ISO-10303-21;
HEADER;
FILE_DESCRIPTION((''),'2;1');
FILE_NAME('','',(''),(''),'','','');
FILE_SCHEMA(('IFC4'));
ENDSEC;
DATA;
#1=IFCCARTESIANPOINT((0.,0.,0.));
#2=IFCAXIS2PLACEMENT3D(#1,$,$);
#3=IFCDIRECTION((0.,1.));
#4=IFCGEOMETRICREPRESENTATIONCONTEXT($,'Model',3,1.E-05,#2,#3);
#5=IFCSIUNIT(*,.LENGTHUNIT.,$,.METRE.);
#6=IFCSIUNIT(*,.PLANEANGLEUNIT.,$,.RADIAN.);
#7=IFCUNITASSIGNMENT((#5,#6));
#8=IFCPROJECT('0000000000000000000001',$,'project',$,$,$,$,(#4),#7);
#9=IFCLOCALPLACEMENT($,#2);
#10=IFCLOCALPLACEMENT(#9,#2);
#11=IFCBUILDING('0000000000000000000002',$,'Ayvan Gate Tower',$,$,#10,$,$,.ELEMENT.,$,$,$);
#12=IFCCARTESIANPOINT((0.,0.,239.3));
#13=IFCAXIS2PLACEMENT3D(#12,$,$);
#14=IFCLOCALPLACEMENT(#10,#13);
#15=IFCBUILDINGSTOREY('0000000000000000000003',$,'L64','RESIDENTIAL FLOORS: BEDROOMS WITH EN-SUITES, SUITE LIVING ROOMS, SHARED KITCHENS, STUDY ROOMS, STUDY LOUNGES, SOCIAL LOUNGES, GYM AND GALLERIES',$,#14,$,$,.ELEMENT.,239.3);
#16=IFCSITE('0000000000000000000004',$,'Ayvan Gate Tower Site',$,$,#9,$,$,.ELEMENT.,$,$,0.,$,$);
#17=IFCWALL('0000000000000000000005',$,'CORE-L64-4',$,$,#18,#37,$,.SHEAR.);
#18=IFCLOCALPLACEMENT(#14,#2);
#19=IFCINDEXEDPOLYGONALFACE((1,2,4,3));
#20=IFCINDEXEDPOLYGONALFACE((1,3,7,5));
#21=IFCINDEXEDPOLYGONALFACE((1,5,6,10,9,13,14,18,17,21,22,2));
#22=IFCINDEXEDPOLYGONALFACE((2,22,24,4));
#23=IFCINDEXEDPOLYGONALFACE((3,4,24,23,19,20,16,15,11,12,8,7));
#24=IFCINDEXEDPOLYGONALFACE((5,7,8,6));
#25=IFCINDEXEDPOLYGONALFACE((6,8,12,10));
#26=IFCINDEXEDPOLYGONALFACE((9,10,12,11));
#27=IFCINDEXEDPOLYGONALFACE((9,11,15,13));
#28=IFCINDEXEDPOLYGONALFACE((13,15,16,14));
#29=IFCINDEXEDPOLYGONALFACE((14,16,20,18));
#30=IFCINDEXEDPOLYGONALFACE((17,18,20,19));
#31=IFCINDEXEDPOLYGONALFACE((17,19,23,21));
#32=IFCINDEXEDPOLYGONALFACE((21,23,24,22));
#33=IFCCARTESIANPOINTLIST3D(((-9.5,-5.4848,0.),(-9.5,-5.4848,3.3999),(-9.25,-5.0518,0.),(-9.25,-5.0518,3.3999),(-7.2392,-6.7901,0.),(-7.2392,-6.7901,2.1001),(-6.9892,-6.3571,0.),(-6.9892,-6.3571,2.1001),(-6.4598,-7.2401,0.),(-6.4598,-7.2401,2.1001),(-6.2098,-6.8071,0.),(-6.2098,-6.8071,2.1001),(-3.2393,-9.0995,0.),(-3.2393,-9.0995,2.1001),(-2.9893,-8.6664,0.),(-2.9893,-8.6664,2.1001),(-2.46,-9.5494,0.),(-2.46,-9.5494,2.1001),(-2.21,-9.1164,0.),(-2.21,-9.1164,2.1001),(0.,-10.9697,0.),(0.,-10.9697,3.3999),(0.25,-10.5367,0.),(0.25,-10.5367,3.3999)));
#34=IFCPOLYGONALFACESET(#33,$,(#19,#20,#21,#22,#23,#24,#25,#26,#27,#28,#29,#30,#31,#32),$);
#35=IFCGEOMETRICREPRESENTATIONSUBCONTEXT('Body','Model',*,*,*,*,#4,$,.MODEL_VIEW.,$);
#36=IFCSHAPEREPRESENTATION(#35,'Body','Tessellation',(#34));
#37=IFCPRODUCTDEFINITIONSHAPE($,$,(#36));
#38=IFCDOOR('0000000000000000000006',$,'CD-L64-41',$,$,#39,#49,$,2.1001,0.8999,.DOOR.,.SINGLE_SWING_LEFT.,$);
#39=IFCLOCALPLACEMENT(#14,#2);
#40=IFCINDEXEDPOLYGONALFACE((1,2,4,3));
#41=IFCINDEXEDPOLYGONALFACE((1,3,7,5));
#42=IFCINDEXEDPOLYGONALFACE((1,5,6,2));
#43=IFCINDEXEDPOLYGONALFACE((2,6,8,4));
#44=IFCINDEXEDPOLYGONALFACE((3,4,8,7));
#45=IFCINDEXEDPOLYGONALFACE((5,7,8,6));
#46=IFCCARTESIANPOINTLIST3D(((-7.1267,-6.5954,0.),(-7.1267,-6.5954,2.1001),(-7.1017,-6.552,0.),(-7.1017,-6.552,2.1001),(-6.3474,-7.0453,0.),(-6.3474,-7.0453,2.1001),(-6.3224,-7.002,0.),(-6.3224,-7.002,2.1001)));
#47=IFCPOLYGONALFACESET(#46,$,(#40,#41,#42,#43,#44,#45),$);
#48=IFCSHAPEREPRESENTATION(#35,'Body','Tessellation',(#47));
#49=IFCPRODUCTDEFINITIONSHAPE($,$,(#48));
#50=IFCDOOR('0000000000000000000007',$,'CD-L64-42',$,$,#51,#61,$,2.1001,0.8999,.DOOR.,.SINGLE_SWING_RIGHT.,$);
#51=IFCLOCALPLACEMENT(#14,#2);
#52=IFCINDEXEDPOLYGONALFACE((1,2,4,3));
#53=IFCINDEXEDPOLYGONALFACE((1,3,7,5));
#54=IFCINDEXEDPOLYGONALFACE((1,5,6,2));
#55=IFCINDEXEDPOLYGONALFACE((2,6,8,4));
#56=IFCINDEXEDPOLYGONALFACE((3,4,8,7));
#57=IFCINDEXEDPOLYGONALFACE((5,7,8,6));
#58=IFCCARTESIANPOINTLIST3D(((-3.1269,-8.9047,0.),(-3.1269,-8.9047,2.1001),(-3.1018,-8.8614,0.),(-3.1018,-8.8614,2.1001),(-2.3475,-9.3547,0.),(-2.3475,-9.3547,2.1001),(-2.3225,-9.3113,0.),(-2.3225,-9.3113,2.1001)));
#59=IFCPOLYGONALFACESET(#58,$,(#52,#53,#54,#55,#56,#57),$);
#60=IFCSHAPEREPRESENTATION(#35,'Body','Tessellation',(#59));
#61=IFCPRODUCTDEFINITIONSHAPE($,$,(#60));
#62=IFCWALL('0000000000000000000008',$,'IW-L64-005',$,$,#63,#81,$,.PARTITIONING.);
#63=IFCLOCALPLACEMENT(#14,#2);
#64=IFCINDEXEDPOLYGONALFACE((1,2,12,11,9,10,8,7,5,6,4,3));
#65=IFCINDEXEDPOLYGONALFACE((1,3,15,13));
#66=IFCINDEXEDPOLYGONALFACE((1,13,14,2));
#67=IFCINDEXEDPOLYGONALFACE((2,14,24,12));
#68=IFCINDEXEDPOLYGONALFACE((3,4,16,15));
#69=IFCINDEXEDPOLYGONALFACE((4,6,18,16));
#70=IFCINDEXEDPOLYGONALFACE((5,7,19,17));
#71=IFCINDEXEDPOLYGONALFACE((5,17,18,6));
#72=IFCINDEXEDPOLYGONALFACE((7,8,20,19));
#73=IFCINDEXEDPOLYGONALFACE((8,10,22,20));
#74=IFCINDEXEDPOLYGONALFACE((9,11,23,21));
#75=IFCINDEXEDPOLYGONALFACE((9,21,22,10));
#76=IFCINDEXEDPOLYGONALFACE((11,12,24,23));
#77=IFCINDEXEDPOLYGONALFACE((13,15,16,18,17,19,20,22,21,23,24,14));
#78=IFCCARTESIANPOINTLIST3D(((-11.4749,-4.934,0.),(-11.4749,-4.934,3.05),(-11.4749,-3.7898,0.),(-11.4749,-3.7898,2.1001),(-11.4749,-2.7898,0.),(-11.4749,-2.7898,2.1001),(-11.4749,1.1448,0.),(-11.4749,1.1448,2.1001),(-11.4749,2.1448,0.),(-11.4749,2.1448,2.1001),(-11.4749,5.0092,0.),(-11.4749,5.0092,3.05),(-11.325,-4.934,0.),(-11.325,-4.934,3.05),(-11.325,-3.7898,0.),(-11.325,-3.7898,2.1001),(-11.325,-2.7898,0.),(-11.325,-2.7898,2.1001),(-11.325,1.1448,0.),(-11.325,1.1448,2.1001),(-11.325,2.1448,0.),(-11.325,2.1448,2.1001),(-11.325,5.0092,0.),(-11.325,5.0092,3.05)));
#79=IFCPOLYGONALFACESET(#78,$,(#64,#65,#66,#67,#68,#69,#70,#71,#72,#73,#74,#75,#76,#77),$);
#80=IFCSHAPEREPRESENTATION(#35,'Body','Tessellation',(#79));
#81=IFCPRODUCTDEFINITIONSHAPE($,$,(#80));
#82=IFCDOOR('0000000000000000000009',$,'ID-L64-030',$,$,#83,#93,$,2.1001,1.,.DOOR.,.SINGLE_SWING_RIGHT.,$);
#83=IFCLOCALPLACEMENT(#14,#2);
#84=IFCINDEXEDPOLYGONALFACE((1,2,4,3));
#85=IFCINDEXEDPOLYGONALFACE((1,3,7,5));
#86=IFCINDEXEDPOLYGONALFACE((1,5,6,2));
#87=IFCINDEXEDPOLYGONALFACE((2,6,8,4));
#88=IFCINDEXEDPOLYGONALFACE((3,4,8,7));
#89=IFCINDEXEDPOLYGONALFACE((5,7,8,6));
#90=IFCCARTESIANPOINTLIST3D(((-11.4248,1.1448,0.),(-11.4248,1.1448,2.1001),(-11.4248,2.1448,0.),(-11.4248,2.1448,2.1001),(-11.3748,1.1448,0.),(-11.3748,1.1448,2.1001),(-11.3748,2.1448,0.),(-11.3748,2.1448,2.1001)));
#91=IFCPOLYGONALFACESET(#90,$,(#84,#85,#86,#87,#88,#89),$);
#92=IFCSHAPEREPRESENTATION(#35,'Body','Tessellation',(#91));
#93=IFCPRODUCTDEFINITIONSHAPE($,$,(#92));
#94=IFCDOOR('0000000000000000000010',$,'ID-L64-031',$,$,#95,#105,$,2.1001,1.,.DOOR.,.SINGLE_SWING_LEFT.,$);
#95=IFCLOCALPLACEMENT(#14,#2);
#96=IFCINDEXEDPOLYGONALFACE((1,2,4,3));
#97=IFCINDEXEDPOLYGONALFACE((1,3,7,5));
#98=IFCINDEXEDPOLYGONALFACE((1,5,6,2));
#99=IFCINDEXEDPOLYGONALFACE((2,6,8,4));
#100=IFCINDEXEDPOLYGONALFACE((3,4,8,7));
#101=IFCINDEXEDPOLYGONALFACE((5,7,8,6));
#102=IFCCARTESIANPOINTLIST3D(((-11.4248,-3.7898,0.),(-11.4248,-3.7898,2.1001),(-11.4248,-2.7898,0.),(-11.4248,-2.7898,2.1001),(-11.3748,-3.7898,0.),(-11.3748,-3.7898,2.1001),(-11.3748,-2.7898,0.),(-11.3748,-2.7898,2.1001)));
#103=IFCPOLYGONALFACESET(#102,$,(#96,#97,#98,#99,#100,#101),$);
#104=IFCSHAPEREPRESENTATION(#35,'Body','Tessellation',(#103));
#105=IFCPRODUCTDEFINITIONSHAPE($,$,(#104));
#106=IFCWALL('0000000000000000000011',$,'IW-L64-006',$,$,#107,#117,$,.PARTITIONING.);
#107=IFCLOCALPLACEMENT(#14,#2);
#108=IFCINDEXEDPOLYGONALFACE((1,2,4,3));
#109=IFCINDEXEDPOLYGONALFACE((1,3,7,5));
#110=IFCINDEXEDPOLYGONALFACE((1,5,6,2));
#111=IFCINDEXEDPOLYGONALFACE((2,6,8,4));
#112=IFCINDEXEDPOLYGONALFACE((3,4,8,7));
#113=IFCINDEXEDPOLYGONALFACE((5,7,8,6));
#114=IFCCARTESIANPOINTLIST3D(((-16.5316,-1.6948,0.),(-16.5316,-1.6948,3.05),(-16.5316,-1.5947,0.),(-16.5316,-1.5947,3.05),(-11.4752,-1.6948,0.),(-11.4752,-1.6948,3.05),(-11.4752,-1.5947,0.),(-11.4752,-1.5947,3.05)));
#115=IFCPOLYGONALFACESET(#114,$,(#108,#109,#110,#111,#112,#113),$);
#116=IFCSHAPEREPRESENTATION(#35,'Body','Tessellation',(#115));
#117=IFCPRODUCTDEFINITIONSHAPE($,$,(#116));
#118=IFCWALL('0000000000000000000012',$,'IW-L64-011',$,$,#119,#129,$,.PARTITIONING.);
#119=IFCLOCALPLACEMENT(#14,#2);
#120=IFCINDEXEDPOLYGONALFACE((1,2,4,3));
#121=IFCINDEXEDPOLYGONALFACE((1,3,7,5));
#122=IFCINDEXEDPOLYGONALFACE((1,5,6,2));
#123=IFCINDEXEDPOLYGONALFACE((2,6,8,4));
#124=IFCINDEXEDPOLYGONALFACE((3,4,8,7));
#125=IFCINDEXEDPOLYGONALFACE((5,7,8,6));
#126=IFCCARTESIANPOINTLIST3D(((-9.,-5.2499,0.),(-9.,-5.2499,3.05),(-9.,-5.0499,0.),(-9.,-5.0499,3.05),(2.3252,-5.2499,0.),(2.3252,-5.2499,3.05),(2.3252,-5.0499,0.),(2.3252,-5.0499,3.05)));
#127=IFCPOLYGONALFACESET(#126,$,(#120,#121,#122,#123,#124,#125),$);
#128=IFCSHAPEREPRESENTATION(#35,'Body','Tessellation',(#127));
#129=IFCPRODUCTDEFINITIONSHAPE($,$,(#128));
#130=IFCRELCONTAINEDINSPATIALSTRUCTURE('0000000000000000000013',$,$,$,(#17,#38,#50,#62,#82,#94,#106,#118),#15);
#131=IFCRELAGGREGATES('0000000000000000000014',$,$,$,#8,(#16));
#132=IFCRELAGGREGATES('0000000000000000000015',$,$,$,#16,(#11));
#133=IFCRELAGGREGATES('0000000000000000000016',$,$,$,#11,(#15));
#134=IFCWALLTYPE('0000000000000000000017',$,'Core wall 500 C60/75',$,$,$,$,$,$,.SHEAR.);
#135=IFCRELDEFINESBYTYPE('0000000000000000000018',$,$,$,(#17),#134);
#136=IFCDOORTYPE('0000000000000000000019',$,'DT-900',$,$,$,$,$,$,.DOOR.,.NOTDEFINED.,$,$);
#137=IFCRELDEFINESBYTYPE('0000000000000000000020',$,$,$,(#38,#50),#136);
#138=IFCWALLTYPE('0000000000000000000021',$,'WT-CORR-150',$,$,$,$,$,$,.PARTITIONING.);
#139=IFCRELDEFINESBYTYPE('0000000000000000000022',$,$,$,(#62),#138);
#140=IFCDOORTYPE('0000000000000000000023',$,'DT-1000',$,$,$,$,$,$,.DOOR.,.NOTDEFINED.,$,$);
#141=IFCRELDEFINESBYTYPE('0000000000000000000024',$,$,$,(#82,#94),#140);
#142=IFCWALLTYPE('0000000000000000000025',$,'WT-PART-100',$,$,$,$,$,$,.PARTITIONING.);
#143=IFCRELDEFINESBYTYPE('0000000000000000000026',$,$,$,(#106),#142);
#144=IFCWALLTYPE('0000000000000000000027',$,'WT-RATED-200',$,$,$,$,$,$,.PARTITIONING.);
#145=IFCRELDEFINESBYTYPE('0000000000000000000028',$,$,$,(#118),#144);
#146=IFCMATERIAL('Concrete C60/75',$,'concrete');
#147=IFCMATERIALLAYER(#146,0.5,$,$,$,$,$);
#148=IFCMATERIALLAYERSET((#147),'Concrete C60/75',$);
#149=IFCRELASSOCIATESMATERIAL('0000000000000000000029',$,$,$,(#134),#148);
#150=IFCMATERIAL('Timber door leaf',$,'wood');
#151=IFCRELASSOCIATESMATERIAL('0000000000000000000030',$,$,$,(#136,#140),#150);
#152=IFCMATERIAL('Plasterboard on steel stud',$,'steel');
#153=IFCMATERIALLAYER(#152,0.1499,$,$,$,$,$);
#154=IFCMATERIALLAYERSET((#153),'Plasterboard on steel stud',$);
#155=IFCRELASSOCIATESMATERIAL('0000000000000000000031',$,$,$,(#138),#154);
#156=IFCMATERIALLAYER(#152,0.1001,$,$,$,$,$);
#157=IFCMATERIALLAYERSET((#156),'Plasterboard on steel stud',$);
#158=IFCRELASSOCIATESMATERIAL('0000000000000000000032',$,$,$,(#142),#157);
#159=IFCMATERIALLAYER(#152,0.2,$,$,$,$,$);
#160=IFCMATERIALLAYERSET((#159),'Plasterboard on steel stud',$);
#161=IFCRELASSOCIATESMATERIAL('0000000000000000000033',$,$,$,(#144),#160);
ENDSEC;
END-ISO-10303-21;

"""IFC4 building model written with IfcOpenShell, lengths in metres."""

from ifc_helpers import new_model, si_unit, direction, frame, frame_2d, origin, place, context, subcontext, project, spatial, rectangle, extrude, material, layer, layer_set, type_object, element, fill, save


model = new_model("IFC4")

# Units and contexts
model_context = context("Model", 3, precision=1e-05, world=origin(), true_north=direction((0.0, 1.0)))
body_context = subcontext(model_context, "Body", "Model", "MODEL_VIEW")
ifc_project = project(units=[si_unit("LENGTHUNIT", "METRE"), si_unit("PLANEANGLEUNIT", "RADIAN")], contexts=[model_context])

# Site, building, storey
site_placement = place(None, origin())
site = spatial("IfcSite", under=ifc_project, at=site_placement, Name="Ayvan Gate Tower Site", CompositionType="ELEMENT", RefElevation=0.0)
building_placement = place(site_placement, origin())
building = spatial("IfcBuilding", under=site, at=building_placement, Name="Ayvan Gate Tower", CompositionType="ELEMENT")
storey_placement = place(building_placement, frame((0.0, 0.0, 239.3)))
storey = spatial("IfcBuildingStorey", under=building, at=storey_placement, Name="L64", Description="RESIDENTIAL FLOORS: BEDROOMS WITH EN-SUITES, SUITE LIVING ROOMS, SHARED KITCHENS, STUDY ROOMS, STUDY LOUNGES, SOCIAL LOUNGES, GYM AND GALLERIES", CompositionType="ELEMENT", Elevation=239.3)

# Walls, openings, doors
ifc_material_1 = material(Name="Concrete C60/75", Category="concrete")
ifc_layer_1 = layer(ifc_material_1, 0.5)
ifc_layer_set_1 = layer_set([ifc_layer_1], Name="Concrete C60/75")
wall_type_1 = type_object("IfcWallType", Name="Core wall 500 C60/75", PredefinedType="SHEAR", material=ifc_layer_set_1)
wall_1_placement = place(storey_placement, frame((-9.375, -5.2683, 0.0), z_axis=(0.0, 0.0, 1.0), x_axis=(0.866024, -0.500002, 0.0)))
wall_1 = element("IfcWall", 1, at=wall_1_placement, inside=storey, type_object=wall_type_1, Name="CORE-L64-4", PredefinedType="SHEAR", context=body_context, shape_type="SweptSolid", body=[
    extrude(rectangle(XDim=10.9697, YDim=0.5, at=frame_2d((5.4849, 0.0))), origin(), (0.0, 0.0, 1.0), 3.3999),
])
opening_1_placement = place(wall_1_placement, frame((2.6106, 0.0, 0.0)))
opening_1 = element("IfcOpeningElement", 2, at=opening_1_placement, cuts=wall_1, PredefinedType="OPENING", context=body_context, shape_type="SweptSolid", body=[
    extrude(rectangle(XDim=0.8999, YDim=2.1001, at=frame_2d((0.45, 1.05))), frame((0.0, 0.26, 0.0), z_axis=(0.0, -1.0, 0.0), x_axis=(1.0, 0.0, 0.0)), (0.0, 0.0, 1.0), 0.52),
])
opening_2_placement = place(wall_1_placement, frame((7.2292, 0.0, 0.0)))
opening_2 = element("IfcOpeningElement", 3, at=opening_2_placement, cuts=wall_1, PredefinedType="OPENING", context=body_context, shape_type="SweptSolid", body=[
    extrude(rectangle(XDim=0.8999, YDim=2.1001, at=frame_2d((0.45, 1.05))), frame((0.0, 0.26, 0.0), z_axis=(0.0, -1.0, 0.0), x_axis=(1.0, 0.0, 0.0)), (0.0, 0.0, 1.0), 0.52),
])
ifc_material_2 = material(Name="Timber door leaf", Category="wood")
door_type_1 = type_object("IfcDoorType", Name="DT-900", OperationType="NOTDEFINED", PredefinedType="DOOR", material=ifc_material_2)
door_1_placement = place(opening_1_placement, origin())
door_1 = element("IfcDoor", 4, at=door_1_placement, inside=storey, type_object=door_type_1, Name="CD-L64-41", OperationType="SINGLE_SWING_LEFT", OverallHeight=2.1001, OverallWidth=0.8999, PredefinedType="DOOR", context=body_context, shape_type="SweptSolid", body=[
    extrude(rectangle(XDim=0.8999, YDim=2.1001, at=frame_2d((0.45, 1.05))), frame((0.0, 0.0249, 0.0), z_axis=(0.0, -1.0, 0.0), x_axis=(1.0, 0.0, 0.0)), (0.0, 0.0, 1.0), 0.05),
])
fill(opening_1, door_1)
door_2_placement = place(opening_2_placement, origin())
door_2 = element("IfcDoor", 5, at=door_2_placement, inside=storey, type_object=door_type_1, Name="CD-L64-42", OperationType="SINGLE_SWING_RIGHT", OverallHeight=2.1001, OverallWidth=0.8999, PredefinedType="DOOR", context=body_context, shape_type="SweptSolid", body=[
    extrude(rectangle(XDim=0.8999, YDim=2.1001, at=frame_2d((0.45, 1.05))), frame((0.0, 0.0249, 0.0), z_axis=(0.0, -1.0, 0.0), x_axis=(1.0, 0.0, 0.0)), (0.0, 0.0, 1.0), 0.05),
])
fill(opening_2, door_2)
ifc_material_3 = material(Name="Plasterboard on steel stud", Category="steel")
ifc_layer_2 = layer(ifc_material_3, 0.1499)
ifc_layer_set_2 = layer_set([ifc_layer_2], Name="Plasterboard on steel stud")
wall_type_2 = type_object("IfcWallType", Name="WT-CORR-150", PredefinedType="PARTITIONING", material=ifc_layer_set_2)
wall_2_placement = place(storey_placement, frame((-11.3999, -4.9341, 0.0), z_axis=(0.0, 0.0, 1.0), x_axis=(0.0, 1.0, 0.0)))
wall_2 = element("IfcWall", 6, at=wall_2_placement, inside=storey, type_object=wall_type_2, Name="IW-L64-005", PredefinedType="PARTITIONING", context=body_context, shape_type="SweptSolid", body=[
    extrude(rectangle(XDim=9.9431, YDim=0.1499, at=frame_2d((4.9717, 0.0))), origin(), (0.0, 0.0, 1.0), 3.05),
])
opening_3_placement = place(wall_2_placement, frame((6.0789, 0.0, 0.0)))
opening_3 = element("IfcOpeningElement", 7, at=opening_3_placement, cuts=wall_2, PredefinedType="OPENING", context=body_context, shape_type="SweptSolid", body=[
    extrude(rectangle(XDim=1.0, YDim=2.1001, at=frame_2d((0.5, 1.05))), frame((0.0, 0.085, 0.0), z_axis=(0.0, -1.0, 0.0), x_axis=(1.0, 0.0, 0.0)), (0.0, 0.0, 1.0), 0.1699),
])
opening_4_placement = place(wall_2_placement, frame((1.1443, 0.0, 0.0)))
opening_4 = element("IfcOpeningElement", 8, at=opening_4_placement, cuts=wall_2, PredefinedType="OPENING", context=body_context, shape_type="SweptSolid", body=[
    extrude(rectangle(XDim=1.0, YDim=2.1001, at=frame_2d((0.5, 1.05))), frame((0.0, 0.085, 0.0), z_axis=(0.0, -1.0, 0.0), x_axis=(1.0, 0.0, 0.0)), (0.0, 0.0, 1.0), 0.1699),
])
door_type_2 = type_object("IfcDoorType", Name="DT-1000", OperationType="NOTDEFINED", PredefinedType="DOOR", material=ifc_material_2)
door_3_placement = place(opening_3_placement, origin())
door_3 = element("IfcDoor", 9, at=door_3_placement, inside=storey, type_object=door_type_2, Name="ID-L64-030", OperationType="SINGLE_SWING_RIGHT", OverallHeight=2.1001, OverallWidth=1.0, PredefinedType="DOOR", context=body_context, shape_type="SweptSolid", body=[
    extrude(rectangle(XDim=1.0, YDim=2.1001, at=frame_2d((0.5, 1.05))), frame((0.0, 0.0249, 0.0), z_axis=(0.0, -1.0, 0.0), x_axis=(1.0, 0.0, 0.0)), (0.0, 0.0, 1.0), 0.05),
])
fill(opening_3, door_3)
door_4_placement = place(opening_4_placement, origin())
door_4 = element("IfcDoor", 10, at=door_4_placement, inside=storey, type_object=door_type_2, Name="ID-L64-031", OperationType="SINGLE_SWING_LEFT", OverallHeight=2.1001, OverallWidth=1.0, PredefinedType="DOOR", context=body_context, shape_type="SweptSolid", body=[
    extrude(rectangle(XDim=1.0, YDim=2.1001, at=frame_2d((0.5, 1.05))), frame((0.0, 0.0249, 0.0), z_axis=(0.0, -1.0, 0.0), x_axis=(1.0, 0.0, 0.0)), (0.0, 0.0, 1.0), 0.05),
])
fill(opening_4, door_4)

# Walls
ifc_layer_3 = layer(ifc_material_3, 0.1001)
ifc_layer_set_3 = layer_set([ifc_layer_3], Name="Plasterboard on steel stud")
wall_type_3 = type_object("IfcWallType", Name="WT-PART-100", PredefinedType="PARTITIONING", material=ifc_layer_set_3)
wall_3_placement = place(storey_placement, frame((-11.4751, -1.6448, 0.0), z_axis=(0.0, 0.0, 1.0), x_axis=(-1.0, 0.0, 0.0)))
element("IfcWall", 11, at=wall_3_placement, inside=storey, type_object=wall_type_3, Name="IW-L64-006", PredefinedType="PARTITIONING", context=body_context, shape_type="SweptSolid", body=[
    extrude(rectangle(XDim=5.0564, YDim=0.1001, at=frame_2d((2.5283, 0.0))), origin(), (0.0, 0.0, 1.0), 3.05),
])
ifc_layer_4 = layer(ifc_material_3, 0.2)
ifc_layer_set_4 = layer_set([ifc_layer_4], Name="Plasterboard on steel stud")
wall_type_4 = type_object("IfcWallType", Name="WT-RATED-200", PredefinedType="PARTITIONING", material=ifc_layer_set_4)
wall_4_placement = place(storey_placement, frame((-9.0, -5.1499, 0.0), z_axis=(0.0, 0.0, 1.0), x_axis=(1.0, 0.0, 0.0)))
element("IfcWall", 12, at=wall_4_placement, inside=storey, type_object=wall_type_4, Name="IW-L64-011", PredefinedType="PARTITIONING", context=body_context, shape_type="SweptSolid", body=[
    extrude(rectangle(XDim=11.3252, YDim=0.2, at=frame_2d((5.6626, 0.0))), origin(), (0.0, 0.0, 1.0), 3.05),
])

save(model, "model.ifc")
